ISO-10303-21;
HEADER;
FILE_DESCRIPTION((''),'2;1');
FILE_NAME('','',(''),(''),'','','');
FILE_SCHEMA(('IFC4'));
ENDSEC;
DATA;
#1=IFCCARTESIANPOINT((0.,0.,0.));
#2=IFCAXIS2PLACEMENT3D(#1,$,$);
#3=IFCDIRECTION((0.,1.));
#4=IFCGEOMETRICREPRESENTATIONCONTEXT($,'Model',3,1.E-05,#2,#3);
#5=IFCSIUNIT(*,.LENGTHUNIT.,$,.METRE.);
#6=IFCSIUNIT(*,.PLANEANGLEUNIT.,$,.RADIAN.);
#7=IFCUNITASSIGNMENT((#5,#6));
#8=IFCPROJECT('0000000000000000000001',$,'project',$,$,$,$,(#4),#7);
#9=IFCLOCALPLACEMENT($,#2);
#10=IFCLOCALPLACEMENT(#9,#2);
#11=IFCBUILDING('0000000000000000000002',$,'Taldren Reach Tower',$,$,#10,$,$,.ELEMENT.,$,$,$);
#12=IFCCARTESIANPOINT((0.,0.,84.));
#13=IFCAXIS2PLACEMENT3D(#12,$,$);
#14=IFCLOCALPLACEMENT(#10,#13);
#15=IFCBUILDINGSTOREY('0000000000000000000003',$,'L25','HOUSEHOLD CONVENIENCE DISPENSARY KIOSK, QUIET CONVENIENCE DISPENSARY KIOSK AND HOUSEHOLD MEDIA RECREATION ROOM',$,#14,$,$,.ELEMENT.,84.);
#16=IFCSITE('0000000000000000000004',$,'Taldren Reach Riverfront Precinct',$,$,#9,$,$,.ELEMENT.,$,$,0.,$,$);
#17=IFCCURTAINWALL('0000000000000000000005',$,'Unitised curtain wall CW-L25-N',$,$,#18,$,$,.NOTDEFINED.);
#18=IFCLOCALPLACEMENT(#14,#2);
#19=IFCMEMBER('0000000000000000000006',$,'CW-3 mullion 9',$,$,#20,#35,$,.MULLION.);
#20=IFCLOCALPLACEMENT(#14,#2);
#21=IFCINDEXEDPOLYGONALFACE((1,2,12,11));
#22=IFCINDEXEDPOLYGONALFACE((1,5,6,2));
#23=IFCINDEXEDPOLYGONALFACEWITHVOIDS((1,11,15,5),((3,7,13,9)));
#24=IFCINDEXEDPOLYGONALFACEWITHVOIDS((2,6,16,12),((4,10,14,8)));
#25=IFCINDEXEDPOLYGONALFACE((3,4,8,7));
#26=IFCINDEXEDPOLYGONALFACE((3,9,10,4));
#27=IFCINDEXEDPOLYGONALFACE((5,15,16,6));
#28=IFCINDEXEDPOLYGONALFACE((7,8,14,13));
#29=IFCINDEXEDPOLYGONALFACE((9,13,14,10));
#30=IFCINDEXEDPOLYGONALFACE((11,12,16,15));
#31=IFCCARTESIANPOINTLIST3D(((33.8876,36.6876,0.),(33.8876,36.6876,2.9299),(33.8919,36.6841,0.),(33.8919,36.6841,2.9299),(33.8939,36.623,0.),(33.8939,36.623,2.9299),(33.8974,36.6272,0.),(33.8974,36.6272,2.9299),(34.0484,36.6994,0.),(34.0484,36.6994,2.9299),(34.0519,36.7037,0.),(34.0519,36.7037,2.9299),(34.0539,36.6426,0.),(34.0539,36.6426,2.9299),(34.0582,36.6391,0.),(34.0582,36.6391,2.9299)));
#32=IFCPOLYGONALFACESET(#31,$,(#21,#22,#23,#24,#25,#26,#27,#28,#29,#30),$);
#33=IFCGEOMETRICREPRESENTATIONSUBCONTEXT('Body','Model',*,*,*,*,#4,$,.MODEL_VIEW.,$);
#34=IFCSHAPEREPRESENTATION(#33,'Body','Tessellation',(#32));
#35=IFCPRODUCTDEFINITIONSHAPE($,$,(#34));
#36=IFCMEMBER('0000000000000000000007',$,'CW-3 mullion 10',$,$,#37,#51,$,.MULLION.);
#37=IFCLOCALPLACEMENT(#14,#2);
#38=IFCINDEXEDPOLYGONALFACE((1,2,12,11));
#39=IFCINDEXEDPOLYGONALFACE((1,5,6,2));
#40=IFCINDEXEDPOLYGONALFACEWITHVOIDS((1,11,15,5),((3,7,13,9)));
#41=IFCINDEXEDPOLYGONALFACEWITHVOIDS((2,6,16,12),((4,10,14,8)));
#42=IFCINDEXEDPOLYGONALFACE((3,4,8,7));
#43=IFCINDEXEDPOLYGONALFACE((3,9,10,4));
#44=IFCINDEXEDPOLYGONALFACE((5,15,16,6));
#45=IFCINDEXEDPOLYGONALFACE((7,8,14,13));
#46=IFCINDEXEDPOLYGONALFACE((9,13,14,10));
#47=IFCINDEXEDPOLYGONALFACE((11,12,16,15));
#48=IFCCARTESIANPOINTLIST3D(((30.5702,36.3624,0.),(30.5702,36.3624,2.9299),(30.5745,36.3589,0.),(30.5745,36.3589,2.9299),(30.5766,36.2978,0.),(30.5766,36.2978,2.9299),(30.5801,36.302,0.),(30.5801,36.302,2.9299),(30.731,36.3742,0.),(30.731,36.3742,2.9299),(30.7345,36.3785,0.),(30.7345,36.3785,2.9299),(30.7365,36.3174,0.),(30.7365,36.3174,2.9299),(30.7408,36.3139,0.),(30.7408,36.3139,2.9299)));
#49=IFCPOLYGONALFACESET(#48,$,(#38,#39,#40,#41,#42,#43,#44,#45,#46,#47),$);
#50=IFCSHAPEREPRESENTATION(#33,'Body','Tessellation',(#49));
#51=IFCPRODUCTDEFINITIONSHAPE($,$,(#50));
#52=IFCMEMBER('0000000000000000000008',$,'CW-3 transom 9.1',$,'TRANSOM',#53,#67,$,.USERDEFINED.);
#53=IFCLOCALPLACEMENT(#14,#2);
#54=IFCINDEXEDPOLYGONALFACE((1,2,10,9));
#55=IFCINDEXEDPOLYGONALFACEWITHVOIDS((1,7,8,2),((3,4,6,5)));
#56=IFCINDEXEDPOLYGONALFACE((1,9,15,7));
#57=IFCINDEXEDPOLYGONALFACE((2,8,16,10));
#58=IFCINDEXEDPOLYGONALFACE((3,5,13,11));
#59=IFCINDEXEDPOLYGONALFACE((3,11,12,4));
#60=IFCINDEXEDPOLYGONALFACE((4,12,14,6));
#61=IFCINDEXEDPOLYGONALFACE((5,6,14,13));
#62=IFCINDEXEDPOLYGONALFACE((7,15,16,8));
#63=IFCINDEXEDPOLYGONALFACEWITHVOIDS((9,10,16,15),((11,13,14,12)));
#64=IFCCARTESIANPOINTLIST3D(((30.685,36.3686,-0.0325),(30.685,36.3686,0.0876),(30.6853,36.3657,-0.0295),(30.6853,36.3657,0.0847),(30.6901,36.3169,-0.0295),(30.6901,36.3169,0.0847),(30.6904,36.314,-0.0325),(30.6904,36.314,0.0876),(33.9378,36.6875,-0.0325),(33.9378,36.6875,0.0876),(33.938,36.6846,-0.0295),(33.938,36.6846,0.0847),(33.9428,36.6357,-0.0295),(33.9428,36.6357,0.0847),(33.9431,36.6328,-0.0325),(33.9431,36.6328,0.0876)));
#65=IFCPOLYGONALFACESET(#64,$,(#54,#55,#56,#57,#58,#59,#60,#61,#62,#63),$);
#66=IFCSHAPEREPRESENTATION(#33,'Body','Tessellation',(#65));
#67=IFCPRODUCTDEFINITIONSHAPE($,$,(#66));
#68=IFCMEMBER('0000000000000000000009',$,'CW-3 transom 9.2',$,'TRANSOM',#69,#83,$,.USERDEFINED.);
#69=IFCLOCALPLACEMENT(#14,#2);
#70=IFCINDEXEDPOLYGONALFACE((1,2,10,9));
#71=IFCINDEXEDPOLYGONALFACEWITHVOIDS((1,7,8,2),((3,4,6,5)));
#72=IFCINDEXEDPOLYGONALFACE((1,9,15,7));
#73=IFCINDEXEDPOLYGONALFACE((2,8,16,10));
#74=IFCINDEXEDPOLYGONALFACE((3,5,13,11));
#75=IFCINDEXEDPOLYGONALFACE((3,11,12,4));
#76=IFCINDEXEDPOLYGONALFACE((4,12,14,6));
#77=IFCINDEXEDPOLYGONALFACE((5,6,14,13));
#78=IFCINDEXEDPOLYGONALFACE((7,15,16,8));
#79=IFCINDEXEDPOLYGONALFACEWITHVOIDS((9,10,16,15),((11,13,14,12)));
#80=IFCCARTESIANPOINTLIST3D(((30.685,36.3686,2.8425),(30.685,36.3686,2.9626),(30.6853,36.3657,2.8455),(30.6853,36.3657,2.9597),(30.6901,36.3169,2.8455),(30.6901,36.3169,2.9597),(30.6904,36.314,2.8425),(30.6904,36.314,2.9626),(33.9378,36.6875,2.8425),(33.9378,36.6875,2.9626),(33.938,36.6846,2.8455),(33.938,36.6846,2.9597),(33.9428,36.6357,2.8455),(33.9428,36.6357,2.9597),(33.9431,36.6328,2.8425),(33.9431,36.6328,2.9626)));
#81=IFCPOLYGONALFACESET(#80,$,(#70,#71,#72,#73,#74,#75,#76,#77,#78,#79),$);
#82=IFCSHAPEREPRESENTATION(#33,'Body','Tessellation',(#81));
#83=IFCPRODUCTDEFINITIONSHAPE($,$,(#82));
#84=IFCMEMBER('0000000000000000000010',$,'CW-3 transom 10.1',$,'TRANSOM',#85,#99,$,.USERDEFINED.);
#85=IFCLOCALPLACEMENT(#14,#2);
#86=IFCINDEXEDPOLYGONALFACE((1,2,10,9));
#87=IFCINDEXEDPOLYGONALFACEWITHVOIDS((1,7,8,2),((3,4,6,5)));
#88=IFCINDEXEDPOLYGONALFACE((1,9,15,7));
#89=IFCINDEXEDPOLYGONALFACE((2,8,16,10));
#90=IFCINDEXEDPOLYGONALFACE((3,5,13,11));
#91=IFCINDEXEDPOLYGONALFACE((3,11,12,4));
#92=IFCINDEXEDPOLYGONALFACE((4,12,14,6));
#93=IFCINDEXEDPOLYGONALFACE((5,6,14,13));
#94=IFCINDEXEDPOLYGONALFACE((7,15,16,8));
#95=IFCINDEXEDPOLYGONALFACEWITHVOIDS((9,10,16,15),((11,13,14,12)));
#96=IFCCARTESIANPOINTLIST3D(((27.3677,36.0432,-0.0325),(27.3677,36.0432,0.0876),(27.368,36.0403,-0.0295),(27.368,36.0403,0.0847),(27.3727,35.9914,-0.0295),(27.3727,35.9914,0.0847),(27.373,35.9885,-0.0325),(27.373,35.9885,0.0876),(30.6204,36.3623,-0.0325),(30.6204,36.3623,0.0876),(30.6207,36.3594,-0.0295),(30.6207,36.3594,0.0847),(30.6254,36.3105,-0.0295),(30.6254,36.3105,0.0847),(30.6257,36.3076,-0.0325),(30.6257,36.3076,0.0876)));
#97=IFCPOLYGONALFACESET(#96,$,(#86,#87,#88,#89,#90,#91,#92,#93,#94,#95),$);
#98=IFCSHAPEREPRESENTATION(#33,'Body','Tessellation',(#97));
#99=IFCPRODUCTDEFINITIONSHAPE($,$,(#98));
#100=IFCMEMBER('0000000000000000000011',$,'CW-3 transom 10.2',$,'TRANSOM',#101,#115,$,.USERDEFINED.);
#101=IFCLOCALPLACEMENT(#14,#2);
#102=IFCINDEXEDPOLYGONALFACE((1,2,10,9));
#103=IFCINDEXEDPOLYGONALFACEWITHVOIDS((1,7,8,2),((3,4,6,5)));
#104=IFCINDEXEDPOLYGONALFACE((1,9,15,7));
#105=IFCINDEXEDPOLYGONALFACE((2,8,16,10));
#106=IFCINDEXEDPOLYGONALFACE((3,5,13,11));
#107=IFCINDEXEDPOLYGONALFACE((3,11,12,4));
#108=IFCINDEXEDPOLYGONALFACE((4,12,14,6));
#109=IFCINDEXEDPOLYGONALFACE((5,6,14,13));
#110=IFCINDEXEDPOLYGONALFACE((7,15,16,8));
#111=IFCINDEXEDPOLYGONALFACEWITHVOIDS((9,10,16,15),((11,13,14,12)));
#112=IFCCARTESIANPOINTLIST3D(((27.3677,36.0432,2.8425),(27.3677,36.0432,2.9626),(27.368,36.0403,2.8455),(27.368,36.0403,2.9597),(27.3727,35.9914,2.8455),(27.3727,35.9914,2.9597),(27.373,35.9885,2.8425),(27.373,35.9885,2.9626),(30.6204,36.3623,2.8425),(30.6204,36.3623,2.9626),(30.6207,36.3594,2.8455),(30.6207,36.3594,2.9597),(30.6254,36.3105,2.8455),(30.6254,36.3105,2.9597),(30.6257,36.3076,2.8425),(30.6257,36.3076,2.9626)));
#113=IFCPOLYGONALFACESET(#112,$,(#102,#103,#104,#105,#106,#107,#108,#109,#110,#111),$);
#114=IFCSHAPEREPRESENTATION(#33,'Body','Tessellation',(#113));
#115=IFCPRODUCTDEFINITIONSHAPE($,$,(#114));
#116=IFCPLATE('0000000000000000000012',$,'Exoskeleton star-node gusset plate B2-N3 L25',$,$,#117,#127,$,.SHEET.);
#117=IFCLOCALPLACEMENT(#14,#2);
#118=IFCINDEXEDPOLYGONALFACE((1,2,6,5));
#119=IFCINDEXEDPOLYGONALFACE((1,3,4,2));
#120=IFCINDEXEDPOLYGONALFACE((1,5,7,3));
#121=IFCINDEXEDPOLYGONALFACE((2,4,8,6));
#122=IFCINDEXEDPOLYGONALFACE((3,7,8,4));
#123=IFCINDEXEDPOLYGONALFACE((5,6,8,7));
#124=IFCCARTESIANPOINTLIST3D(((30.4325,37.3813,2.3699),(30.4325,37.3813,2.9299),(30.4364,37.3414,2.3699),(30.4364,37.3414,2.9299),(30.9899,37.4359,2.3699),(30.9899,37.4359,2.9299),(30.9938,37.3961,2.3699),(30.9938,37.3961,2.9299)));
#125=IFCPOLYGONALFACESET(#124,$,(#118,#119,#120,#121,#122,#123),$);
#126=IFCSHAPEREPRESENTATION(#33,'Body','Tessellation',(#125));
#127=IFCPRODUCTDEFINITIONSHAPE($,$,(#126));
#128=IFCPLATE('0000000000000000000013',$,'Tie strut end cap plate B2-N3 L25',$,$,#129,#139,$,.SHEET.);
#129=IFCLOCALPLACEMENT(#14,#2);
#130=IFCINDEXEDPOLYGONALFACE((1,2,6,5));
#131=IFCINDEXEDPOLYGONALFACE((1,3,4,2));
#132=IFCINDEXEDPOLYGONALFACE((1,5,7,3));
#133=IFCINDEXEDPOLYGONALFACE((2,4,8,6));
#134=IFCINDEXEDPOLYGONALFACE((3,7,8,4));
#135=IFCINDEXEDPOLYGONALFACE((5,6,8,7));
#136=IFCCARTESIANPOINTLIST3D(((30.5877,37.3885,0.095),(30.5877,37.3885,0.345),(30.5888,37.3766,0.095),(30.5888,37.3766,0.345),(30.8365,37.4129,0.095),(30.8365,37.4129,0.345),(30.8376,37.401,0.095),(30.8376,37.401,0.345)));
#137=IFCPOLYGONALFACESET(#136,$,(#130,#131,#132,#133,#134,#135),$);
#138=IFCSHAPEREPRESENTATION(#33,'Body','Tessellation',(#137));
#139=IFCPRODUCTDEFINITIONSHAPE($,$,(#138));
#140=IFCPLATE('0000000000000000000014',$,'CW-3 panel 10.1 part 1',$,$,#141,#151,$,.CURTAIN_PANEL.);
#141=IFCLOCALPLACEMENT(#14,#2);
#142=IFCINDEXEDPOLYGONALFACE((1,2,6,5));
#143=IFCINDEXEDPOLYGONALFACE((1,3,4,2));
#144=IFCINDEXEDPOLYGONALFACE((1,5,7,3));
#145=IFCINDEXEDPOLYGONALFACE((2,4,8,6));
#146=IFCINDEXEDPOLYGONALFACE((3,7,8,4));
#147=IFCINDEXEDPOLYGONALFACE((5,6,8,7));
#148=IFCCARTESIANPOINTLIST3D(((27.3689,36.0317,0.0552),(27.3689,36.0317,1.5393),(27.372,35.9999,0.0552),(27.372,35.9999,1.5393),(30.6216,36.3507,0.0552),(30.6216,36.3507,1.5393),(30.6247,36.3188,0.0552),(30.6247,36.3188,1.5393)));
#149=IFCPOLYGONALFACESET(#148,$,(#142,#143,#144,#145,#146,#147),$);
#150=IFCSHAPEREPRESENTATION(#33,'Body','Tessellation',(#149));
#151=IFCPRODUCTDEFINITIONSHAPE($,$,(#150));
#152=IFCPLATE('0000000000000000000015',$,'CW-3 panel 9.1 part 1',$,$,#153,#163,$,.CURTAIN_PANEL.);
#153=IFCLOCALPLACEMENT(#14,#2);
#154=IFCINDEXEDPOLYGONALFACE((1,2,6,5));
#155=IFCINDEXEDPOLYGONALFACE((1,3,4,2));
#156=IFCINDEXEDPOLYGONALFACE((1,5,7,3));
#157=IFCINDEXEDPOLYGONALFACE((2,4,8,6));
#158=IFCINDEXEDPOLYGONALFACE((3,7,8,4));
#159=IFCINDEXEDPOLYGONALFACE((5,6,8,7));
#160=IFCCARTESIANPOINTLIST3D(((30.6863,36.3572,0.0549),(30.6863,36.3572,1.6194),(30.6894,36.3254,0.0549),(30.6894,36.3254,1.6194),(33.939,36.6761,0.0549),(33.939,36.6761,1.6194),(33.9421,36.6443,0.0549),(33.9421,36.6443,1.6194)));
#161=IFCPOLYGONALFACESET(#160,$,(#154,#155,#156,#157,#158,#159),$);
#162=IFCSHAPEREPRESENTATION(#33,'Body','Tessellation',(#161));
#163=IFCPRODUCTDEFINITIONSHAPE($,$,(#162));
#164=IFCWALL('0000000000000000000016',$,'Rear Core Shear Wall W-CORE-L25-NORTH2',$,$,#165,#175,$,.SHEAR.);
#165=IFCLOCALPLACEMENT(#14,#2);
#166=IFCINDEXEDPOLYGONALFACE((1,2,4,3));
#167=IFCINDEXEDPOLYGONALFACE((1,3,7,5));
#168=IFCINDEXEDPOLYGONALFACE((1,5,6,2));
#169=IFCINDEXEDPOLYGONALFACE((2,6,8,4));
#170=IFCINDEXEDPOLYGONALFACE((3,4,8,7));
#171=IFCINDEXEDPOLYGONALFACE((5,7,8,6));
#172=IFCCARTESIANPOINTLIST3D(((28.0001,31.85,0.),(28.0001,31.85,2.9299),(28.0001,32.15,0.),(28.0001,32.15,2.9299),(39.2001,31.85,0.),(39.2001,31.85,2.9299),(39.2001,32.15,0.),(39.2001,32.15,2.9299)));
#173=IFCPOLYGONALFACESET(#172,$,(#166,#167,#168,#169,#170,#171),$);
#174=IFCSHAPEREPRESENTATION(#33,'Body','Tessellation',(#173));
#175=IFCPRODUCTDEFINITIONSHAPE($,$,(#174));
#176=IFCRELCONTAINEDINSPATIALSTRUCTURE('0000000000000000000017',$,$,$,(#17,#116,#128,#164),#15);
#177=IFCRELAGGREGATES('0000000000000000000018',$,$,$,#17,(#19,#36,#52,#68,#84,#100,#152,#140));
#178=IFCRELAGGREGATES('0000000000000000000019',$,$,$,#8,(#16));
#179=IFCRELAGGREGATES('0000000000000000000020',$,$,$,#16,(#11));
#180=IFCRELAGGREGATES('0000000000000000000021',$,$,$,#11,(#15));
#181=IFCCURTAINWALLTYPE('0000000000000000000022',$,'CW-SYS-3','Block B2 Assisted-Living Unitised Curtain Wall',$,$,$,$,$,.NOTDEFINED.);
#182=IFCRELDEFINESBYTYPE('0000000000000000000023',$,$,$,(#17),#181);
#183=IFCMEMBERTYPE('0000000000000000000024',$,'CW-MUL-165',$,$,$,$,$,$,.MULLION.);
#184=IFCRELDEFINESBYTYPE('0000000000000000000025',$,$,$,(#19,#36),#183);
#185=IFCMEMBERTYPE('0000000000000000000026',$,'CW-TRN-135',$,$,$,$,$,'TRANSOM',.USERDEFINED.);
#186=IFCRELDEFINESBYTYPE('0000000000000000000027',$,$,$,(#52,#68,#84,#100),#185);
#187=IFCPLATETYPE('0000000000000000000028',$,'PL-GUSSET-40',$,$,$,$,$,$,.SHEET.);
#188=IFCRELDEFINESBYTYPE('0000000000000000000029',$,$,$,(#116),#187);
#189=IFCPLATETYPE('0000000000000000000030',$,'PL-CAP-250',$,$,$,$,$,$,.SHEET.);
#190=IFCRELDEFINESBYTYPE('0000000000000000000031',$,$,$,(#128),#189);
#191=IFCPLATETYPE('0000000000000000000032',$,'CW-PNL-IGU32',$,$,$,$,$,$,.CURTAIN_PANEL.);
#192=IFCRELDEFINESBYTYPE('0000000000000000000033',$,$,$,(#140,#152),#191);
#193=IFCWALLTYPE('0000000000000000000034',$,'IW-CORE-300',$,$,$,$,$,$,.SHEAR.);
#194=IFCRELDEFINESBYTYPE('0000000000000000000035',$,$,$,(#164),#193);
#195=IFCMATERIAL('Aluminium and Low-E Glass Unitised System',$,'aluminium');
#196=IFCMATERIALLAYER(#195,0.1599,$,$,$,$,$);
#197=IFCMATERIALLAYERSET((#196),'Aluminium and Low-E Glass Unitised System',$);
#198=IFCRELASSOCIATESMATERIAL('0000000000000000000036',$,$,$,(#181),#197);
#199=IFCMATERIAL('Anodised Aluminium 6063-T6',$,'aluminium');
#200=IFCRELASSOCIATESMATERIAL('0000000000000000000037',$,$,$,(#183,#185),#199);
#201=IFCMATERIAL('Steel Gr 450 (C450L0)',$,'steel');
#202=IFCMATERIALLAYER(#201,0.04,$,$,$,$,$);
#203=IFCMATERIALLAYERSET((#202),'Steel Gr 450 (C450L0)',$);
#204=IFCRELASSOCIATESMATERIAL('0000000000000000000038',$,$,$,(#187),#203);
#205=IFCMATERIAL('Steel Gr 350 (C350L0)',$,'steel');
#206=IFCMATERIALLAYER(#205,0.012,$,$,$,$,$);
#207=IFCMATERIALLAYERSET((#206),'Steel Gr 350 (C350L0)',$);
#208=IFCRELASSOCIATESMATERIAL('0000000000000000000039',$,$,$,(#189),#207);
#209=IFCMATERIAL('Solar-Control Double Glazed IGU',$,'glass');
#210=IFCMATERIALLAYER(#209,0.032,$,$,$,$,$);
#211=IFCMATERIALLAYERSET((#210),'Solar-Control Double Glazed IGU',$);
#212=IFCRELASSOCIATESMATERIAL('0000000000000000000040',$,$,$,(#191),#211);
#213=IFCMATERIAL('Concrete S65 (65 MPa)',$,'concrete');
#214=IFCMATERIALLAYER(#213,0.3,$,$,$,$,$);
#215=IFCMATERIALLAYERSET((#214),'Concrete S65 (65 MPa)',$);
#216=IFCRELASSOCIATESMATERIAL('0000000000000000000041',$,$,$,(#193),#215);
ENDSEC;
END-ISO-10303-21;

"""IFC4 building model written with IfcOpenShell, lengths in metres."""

from ifc_helpers import new_model, si_unit, direction, frame, frame_2d, origin, origin_2d, place, context, subcontext, project, spatial, rectangle, hollow_rectangle, extrude, source, transform, mapped, material, layer, layer_set, material_profile, profile_set, type_object, element, aggregate, save


model = new_model("IFC4")

# Units and contexts
model_context = context("Model", 3, precision=1e-05, world=origin(), true_north=direction((0.0, 1.0)))
body_context = subcontext(model_context, "Body", "Model", "MODEL_VIEW")
ifc_project = project(units=[si_unit("LENGTHUNIT", "METRE"), si_unit("PLANEANGLEUNIT", "RADIAN")], contexts=[model_context])

# Site, building, storey
site_placement = place(None, origin())
site = spatial("IfcSite", under=ifc_project, at=site_placement, Name="Taldren Reach Riverfront Precinct", CompositionType="ELEMENT", RefElevation=0.0)
building_placement = place(site_placement, origin())
building = spatial("IfcBuilding", under=site, at=building_placement, Name="Taldren Reach Tower", CompositionType="ELEMENT")
storey_placement = place(building_placement, frame((0.0, 0.0, 84.0)))
storey = spatial("IfcBuildingStorey", under=building, at=storey_placement, Name="L25", Description="HOUSEHOLD CONVENIENCE DISPENSARY KIOSK, QUIET CONVENIENCE DISPENSARY KIOSK AND HOUSEHOLD MEDIA RECREATION ROOM", CompositionType="ELEMENT", Elevation=84.0)

# Shared definitions
ifc_material_1 = material(Name="Steel Gr 450 (C450L0)", Category="steel")
ifc_material_2 = material(Name="Steel Gr 350 (C350L0)", Category="steel")

# Curtain wall, members
ifc_material_3 = material(Name="Aluminium and Low-E Glass Unitised System", Category="aluminium")
ifc_layer_1 = layer(ifc_material_3, 0.1599)
ifc_layer_set_1 = layer_set([ifc_layer_1], Name="Aluminium and Low-E Glass Unitised System")
curtain_wall_type = type_object("IfcCurtainWallType", Name="CW-SYS-3", Description="Block B2 Assisted-Living Unitised Curtain Wall", PredefinedType="NOTDEFINED", material=ifc_layer_set_1)
curtain_wall_placement = place(storey_placement, origin())
curtain_wall = element("IfcCurtainWall", 1, at=curtain_wall_placement, inside=storey, type_object=curtain_wall_type, Name="Unitised curtain wall CW-L25-N", PredefinedType="NOTDEFINED")
ifc_material_4 = material(Name="Anodised Aluminium 6063-T6", Category="aluminium")
ifc_material_profile_1 = material_profile(ifc_material_4, hollow_rectangle(XDim=0.0649, YDim=0.165, WallThickness=0.0039, at=origin_2d()), Name="ALU-165x65x4RHS")
ifc_profile_set_1 = profile_set([ifc_material_profile_1], Name="Anodised Aluminium 6063-T6")
member_type_1 = type_object("IfcMemberType", Name="CW-MUL-165", PredefinedType="MULLION", material=ifc_profile_set_1)
shared_shape_1 = source(origin(), body_context, "Body", "SweptSolid", [
    extrude(hollow_rectangle(XDim=0.0649, YDim=0.165, WallThickness=0.0039, at=origin_2d()), origin(), (0.0, 0.0, 1.0), 2.9299),
])
member_1_placement = place(storey_placement, frame((33.9729, 36.6633, 0.0), z_axis=(0.0, 0.0, 1.0), x_axis=(0.097583, -0.995227, 0.0)))
member_1 = element("IfcMember", 2, at=member_1_placement, type_object=member_type_1, Name="CW-3 mullion 9", PredefinedType="MULLION", context=body_context, shape_type="MappedRepresentation", body=[
    mapped(shared_shape_1, transform((0.0, 0.0, 0.0), scale=1.0)),
])
member_2_placement = place(storey_placement, frame((30.6555, 36.3381, 0.0), z_axis=(0.0, 0.0, 1.0), x_axis=(0.097583, -0.995227, 0.0)))
member_2 = element("IfcMember", 3, at=member_2_placement, type_object=member_type_1, Name="CW-3 mullion 10", PredefinedType="MULLION", context=body_context, shape_type="MappedRepresentation", body=[
    mapped(shared_shape_1, transform((0.0, 0.0, 0.0), scale=1.0)),
])
ifc_material_profile_2 = material_profile(ifc_material_4, hollow_rectangle(XDim=0.0549, YDim=0.1201, WallThickness=0.0029, at=origin_2d()), Name="ALU-120x55x3RHS")
ifc_profile_set_2 = profile_set([ifc_material_profile_2], Name="Anodised Aluminium 6063-T6")
member_type_2 = type_object("IfcMemberType", Name="CW-TRN-135", ElementType="TRANSOM", PredefinedType="USERDEFINED", material=ifc_profile_set_2)
shared_shape_2 = source(origin(), body_context, "Body", "SweptSolid", [
    extrude(hollow_rectangle(XDim=0.0549, YDim=0.1201, WallThickness=0.0029, at=origin_2d()), origin(), (0.0, 0.0, 1.0), 3.2683),
])
member_3_placement = place(storey_placement, frame((33.9404, 36.6602, 0.0276), z_axis=(-0.99523, -0.097558, 0.0), x_axis=(0.097558, -0.99523, 0.0)))
member_3 = element("IfcMember", 4, at=member_3_placement, type_object=member_type_2, Name="CW-3 transom 9.1", ObjectType="TRANSOM", PredefinedType="USERDEFINED", context=body_context, shape_type="MappedRepresentation", body=[
    mapped(shared_shape_2, transform((0.0, 0.0, 0.0), scale=1.0)),
])
member_4_placement = place(storey_placement, frame((33.9404, 36.6602, 2.9026), z_axis=(-0.99523, -0.097558, 0.0), x_axis=(0.097558, -0.99523, 0.0)))
member_4 = element("IfcMember", 5, at=member_4_placement, type_object=member_type_2, Name="CW-3 transom 9.2", ObjectType="TRANSOM", PredefinedType="USERDEFINED", context=body_context, shape_type="MappedRepresentation", body=[
    mapped(shared_shape_2, transform((0.0, 0.0, 0.0), scale=1.0)),
])
member_5_placement = place(storey_placement, frame((30.623, 36.335, 0.0276), z_axis=(-0.995223, -0.097632, 0.0), x_axis=(0.097632, -0.995223, 0.0)))
member_5 = element("IfcMember", 6, at=member_5_placement, type_object=member_type_2, Name="CW-3 transom 10.1", ObjectType="TRANSOM", PredefinedType="USERDEFINED", context=body_context, shape_type="MappedRepresentation", body=[
    mapped(shared_shape_2, transform((0.0, 0.0, 0.0), scale=1.0)),
])
member_6_placement = place(storey_placement, frame((30.623, 36.335, 2.9026), z_axis=(-0.995223, -0.097632, 0.0), x_axis=(0.097632, -0.995223, 0.0)))
member_6 = element("IfcMember", 7, at=member_6_placement, type_object=member_type_2, Name="CW-3 transom 10.2", ObjectType="TRANSOM", PredefinedType="USERDEFINED", context=body_context, shape_type="MappedRepresentation", body=[
    mapped(shared_shape_2, transform((0.0, 0.0, 0.0), scale=1.0)),
])

# Plates
ifc_layer_2 = layer(ifc_material_1, 0.04)
ifc_layer_set_2 = layer_set([ifc_layer_2], Name="Steel Gr 450 (C450L0)")
plate_type_1 = type_object("IfcPlateType", Name="PL-GUSSET-40", PredefinedType="SHEET", material=ifc_layer_set_2)
shared_shape_3 = source(origin(), body_context, "Body", "SweptSolid", [
    extrude(rectangle(XDim=0.5601, YDim=0.04, at=origin_2d()), origin(), (0.0, 0.0, 1.0), 0.5601),
])
plate_1_placement = place(storey_placement, frame((30.7131, 37.3887, 2.3699), z_axis=(0.0, 0.0, 1.0), x_axis=(0.995227, 0.097583, 0.0)))
element("IfcPlate", 8, at=plate_1_placement, inside=storey, type_object=plate_type_1, Name="Exoskeleton star-node gusset plate B2-N3 L25", PredefinedType="SHEET", context=body_context, shape_type="MappedRepresentation", body=[
    mapped(shared_shape_3, transform((0.0, 0.0, 0.0), scale=1.0)),
])
ifc_layer_3 = layer(ifc_material_2, 0.012)
ifc_layer_set_3 = layer_set([ifc_layer_3], Name="Steel Gr 350 (C350L0)")
plate_type_2 = type_object("IfcPlateType", Name="PL-CAP-250", PredefinedType="SHEET", material=ifc_layer_set_3)
shared_shape_4 = source(origin(), body_context, "Body", "SweptSolid", [
    extrude(rectangle(XDim=0.25, YDim=0.012, at=origin_2d()), origin(), (0.0, 0.0, 1.0), 0.25),
])
plate_2_placement = place(storey_placement, frame((30.7126, 37.3948, 0.095), z_axis=(0.0, 0.0, 1.0), x_axis=(0.995227, 0.097583, 0.0)))
element("IfcPlate", 9, at=plate_2_placement, inside=storey, type_object=plate_type_2, Name="Tie strut end cap plate B2-N3 L25", PredefinedType="SHEET", context=body_context, shape_type="MappedRepresentation", body=[
    mapped(shared_shape_4, transform((0.0, 0.0, 0.0), scale=1.0)),
])

# Plates
ifc_material_5 = material(Name="Solar-Control Double Glazed IGU", Category="glass")
ifc_layer_4 = layer(ifc_material_5, 0.032)
ifc_layer_set_4 = layer_set([ifc_layer_4], Name="Solar-Control Double Glazed IGU")
plate_type_3 = type_object("IfcPlateType", Name="CW-PNL-IGU32", PredefinedType="CURTAIN_PANEL", material=ifc_layer_set_4)
shared_shape_5 = source(origin(), body_context, "Body", "SweptSolid", [
    extrude(rectangle(XDim=3.2683, YDim=0.032, at=origin_2d()), origin(), (0.0, 0.0, 1.0), 1.4841),
])
plate_3_placement = place(storey_placement, frame((28.9968, 36.1753, 0.0552), z_axis=(0.0, 0.0, 1.0), x_axis=(-0.995227, -0.097583, 0.0)))
plate_3 = element("IfcPlate", 10, at=plate_3_placement, type_object=plate_type_3, Name="CW-3 panel 10.1 part 1", PredefinedType="CURTAIN_PANEL", context=body_context, shape_type="MappedRepresentation", body=[
    mapped(shared_shape_5, transform((0.0, 0.0, 0.0), scale=1.0)),
])
shared_shape_6 = source(origin(), body_context, "Body", "SweptSolid", [
    extrude(rectangle(XDim=3.2683, YDim=0.032, at=origin_2d()), origin(), (0.0, 0.0, 1.0), 1.5645),
])
plate_4_placement = place(storey_placement, frame((32.3142, 36.5007, 0.0549), z_axis=(0.0, 0.0, 1.0), x_axis=(-0.995227, -0.097583, 0.0)))
plate_4 = element("IfcPlate", 11, at=plate_4_placement, type_object=plate_type_3, Name="CW-3 panel 9.1 part 1", PredefinedType="CURTAIN_PANEL", context=body_context, shape_type="MappedRepresentation", body=[
    mapped(shared_shape_6, transform((0.0, 0.0, 0.0), scale=1.0)),
])
aggregate(curtain_wall, [member_1, member_2, member_3, member_4, member_5, member_6, plate_4, plate_3])

# Wall
ifc_material_6 = material(Name="Concrete S65 (65 MPa)", Category="concrete")
ifc_layer_5 = layer(ifc_material_6, 0.3)
ifc_layer_set_5 = layer_set([ifc_layer_5], Name="Concrete S65 (65 MPa)")
wall_type = type_object("IfcWallType", Name="IW-CORE-300", PredefinedType="SHEAR", material=ifc_layer_set_5)
shared_shape_7 = source(origin(), body_context, "Body", "SweptSolid", [
    extrude(rectangle(XDim=11.2, YDim=0.3, at=frame_2d((5.6001, 0.0))), origin(), (0.0, 0.0, 1.0), 2.9299),
])
wall_placement = place(storey_placement, frame((28.0, 32.0, 0.0), z_axis=(0.0, 0.0, 1.0), x_axis=(1.0, 0.0, 0.0)))
element("IfcWall", 12, at=wall_placement, inside=storey, type_object=wall_type, Name="Rear Core Shear Wall W-CORE-L25-NORTH2", PredefinedType="SHEAR", context=body_context, shape_type="MappedRepresentation", body=[
    mapped(shared_shape_7, transform((0.0, 0.0, 0.0), scale=1.0)),
])

save(model, "model.ifc")
